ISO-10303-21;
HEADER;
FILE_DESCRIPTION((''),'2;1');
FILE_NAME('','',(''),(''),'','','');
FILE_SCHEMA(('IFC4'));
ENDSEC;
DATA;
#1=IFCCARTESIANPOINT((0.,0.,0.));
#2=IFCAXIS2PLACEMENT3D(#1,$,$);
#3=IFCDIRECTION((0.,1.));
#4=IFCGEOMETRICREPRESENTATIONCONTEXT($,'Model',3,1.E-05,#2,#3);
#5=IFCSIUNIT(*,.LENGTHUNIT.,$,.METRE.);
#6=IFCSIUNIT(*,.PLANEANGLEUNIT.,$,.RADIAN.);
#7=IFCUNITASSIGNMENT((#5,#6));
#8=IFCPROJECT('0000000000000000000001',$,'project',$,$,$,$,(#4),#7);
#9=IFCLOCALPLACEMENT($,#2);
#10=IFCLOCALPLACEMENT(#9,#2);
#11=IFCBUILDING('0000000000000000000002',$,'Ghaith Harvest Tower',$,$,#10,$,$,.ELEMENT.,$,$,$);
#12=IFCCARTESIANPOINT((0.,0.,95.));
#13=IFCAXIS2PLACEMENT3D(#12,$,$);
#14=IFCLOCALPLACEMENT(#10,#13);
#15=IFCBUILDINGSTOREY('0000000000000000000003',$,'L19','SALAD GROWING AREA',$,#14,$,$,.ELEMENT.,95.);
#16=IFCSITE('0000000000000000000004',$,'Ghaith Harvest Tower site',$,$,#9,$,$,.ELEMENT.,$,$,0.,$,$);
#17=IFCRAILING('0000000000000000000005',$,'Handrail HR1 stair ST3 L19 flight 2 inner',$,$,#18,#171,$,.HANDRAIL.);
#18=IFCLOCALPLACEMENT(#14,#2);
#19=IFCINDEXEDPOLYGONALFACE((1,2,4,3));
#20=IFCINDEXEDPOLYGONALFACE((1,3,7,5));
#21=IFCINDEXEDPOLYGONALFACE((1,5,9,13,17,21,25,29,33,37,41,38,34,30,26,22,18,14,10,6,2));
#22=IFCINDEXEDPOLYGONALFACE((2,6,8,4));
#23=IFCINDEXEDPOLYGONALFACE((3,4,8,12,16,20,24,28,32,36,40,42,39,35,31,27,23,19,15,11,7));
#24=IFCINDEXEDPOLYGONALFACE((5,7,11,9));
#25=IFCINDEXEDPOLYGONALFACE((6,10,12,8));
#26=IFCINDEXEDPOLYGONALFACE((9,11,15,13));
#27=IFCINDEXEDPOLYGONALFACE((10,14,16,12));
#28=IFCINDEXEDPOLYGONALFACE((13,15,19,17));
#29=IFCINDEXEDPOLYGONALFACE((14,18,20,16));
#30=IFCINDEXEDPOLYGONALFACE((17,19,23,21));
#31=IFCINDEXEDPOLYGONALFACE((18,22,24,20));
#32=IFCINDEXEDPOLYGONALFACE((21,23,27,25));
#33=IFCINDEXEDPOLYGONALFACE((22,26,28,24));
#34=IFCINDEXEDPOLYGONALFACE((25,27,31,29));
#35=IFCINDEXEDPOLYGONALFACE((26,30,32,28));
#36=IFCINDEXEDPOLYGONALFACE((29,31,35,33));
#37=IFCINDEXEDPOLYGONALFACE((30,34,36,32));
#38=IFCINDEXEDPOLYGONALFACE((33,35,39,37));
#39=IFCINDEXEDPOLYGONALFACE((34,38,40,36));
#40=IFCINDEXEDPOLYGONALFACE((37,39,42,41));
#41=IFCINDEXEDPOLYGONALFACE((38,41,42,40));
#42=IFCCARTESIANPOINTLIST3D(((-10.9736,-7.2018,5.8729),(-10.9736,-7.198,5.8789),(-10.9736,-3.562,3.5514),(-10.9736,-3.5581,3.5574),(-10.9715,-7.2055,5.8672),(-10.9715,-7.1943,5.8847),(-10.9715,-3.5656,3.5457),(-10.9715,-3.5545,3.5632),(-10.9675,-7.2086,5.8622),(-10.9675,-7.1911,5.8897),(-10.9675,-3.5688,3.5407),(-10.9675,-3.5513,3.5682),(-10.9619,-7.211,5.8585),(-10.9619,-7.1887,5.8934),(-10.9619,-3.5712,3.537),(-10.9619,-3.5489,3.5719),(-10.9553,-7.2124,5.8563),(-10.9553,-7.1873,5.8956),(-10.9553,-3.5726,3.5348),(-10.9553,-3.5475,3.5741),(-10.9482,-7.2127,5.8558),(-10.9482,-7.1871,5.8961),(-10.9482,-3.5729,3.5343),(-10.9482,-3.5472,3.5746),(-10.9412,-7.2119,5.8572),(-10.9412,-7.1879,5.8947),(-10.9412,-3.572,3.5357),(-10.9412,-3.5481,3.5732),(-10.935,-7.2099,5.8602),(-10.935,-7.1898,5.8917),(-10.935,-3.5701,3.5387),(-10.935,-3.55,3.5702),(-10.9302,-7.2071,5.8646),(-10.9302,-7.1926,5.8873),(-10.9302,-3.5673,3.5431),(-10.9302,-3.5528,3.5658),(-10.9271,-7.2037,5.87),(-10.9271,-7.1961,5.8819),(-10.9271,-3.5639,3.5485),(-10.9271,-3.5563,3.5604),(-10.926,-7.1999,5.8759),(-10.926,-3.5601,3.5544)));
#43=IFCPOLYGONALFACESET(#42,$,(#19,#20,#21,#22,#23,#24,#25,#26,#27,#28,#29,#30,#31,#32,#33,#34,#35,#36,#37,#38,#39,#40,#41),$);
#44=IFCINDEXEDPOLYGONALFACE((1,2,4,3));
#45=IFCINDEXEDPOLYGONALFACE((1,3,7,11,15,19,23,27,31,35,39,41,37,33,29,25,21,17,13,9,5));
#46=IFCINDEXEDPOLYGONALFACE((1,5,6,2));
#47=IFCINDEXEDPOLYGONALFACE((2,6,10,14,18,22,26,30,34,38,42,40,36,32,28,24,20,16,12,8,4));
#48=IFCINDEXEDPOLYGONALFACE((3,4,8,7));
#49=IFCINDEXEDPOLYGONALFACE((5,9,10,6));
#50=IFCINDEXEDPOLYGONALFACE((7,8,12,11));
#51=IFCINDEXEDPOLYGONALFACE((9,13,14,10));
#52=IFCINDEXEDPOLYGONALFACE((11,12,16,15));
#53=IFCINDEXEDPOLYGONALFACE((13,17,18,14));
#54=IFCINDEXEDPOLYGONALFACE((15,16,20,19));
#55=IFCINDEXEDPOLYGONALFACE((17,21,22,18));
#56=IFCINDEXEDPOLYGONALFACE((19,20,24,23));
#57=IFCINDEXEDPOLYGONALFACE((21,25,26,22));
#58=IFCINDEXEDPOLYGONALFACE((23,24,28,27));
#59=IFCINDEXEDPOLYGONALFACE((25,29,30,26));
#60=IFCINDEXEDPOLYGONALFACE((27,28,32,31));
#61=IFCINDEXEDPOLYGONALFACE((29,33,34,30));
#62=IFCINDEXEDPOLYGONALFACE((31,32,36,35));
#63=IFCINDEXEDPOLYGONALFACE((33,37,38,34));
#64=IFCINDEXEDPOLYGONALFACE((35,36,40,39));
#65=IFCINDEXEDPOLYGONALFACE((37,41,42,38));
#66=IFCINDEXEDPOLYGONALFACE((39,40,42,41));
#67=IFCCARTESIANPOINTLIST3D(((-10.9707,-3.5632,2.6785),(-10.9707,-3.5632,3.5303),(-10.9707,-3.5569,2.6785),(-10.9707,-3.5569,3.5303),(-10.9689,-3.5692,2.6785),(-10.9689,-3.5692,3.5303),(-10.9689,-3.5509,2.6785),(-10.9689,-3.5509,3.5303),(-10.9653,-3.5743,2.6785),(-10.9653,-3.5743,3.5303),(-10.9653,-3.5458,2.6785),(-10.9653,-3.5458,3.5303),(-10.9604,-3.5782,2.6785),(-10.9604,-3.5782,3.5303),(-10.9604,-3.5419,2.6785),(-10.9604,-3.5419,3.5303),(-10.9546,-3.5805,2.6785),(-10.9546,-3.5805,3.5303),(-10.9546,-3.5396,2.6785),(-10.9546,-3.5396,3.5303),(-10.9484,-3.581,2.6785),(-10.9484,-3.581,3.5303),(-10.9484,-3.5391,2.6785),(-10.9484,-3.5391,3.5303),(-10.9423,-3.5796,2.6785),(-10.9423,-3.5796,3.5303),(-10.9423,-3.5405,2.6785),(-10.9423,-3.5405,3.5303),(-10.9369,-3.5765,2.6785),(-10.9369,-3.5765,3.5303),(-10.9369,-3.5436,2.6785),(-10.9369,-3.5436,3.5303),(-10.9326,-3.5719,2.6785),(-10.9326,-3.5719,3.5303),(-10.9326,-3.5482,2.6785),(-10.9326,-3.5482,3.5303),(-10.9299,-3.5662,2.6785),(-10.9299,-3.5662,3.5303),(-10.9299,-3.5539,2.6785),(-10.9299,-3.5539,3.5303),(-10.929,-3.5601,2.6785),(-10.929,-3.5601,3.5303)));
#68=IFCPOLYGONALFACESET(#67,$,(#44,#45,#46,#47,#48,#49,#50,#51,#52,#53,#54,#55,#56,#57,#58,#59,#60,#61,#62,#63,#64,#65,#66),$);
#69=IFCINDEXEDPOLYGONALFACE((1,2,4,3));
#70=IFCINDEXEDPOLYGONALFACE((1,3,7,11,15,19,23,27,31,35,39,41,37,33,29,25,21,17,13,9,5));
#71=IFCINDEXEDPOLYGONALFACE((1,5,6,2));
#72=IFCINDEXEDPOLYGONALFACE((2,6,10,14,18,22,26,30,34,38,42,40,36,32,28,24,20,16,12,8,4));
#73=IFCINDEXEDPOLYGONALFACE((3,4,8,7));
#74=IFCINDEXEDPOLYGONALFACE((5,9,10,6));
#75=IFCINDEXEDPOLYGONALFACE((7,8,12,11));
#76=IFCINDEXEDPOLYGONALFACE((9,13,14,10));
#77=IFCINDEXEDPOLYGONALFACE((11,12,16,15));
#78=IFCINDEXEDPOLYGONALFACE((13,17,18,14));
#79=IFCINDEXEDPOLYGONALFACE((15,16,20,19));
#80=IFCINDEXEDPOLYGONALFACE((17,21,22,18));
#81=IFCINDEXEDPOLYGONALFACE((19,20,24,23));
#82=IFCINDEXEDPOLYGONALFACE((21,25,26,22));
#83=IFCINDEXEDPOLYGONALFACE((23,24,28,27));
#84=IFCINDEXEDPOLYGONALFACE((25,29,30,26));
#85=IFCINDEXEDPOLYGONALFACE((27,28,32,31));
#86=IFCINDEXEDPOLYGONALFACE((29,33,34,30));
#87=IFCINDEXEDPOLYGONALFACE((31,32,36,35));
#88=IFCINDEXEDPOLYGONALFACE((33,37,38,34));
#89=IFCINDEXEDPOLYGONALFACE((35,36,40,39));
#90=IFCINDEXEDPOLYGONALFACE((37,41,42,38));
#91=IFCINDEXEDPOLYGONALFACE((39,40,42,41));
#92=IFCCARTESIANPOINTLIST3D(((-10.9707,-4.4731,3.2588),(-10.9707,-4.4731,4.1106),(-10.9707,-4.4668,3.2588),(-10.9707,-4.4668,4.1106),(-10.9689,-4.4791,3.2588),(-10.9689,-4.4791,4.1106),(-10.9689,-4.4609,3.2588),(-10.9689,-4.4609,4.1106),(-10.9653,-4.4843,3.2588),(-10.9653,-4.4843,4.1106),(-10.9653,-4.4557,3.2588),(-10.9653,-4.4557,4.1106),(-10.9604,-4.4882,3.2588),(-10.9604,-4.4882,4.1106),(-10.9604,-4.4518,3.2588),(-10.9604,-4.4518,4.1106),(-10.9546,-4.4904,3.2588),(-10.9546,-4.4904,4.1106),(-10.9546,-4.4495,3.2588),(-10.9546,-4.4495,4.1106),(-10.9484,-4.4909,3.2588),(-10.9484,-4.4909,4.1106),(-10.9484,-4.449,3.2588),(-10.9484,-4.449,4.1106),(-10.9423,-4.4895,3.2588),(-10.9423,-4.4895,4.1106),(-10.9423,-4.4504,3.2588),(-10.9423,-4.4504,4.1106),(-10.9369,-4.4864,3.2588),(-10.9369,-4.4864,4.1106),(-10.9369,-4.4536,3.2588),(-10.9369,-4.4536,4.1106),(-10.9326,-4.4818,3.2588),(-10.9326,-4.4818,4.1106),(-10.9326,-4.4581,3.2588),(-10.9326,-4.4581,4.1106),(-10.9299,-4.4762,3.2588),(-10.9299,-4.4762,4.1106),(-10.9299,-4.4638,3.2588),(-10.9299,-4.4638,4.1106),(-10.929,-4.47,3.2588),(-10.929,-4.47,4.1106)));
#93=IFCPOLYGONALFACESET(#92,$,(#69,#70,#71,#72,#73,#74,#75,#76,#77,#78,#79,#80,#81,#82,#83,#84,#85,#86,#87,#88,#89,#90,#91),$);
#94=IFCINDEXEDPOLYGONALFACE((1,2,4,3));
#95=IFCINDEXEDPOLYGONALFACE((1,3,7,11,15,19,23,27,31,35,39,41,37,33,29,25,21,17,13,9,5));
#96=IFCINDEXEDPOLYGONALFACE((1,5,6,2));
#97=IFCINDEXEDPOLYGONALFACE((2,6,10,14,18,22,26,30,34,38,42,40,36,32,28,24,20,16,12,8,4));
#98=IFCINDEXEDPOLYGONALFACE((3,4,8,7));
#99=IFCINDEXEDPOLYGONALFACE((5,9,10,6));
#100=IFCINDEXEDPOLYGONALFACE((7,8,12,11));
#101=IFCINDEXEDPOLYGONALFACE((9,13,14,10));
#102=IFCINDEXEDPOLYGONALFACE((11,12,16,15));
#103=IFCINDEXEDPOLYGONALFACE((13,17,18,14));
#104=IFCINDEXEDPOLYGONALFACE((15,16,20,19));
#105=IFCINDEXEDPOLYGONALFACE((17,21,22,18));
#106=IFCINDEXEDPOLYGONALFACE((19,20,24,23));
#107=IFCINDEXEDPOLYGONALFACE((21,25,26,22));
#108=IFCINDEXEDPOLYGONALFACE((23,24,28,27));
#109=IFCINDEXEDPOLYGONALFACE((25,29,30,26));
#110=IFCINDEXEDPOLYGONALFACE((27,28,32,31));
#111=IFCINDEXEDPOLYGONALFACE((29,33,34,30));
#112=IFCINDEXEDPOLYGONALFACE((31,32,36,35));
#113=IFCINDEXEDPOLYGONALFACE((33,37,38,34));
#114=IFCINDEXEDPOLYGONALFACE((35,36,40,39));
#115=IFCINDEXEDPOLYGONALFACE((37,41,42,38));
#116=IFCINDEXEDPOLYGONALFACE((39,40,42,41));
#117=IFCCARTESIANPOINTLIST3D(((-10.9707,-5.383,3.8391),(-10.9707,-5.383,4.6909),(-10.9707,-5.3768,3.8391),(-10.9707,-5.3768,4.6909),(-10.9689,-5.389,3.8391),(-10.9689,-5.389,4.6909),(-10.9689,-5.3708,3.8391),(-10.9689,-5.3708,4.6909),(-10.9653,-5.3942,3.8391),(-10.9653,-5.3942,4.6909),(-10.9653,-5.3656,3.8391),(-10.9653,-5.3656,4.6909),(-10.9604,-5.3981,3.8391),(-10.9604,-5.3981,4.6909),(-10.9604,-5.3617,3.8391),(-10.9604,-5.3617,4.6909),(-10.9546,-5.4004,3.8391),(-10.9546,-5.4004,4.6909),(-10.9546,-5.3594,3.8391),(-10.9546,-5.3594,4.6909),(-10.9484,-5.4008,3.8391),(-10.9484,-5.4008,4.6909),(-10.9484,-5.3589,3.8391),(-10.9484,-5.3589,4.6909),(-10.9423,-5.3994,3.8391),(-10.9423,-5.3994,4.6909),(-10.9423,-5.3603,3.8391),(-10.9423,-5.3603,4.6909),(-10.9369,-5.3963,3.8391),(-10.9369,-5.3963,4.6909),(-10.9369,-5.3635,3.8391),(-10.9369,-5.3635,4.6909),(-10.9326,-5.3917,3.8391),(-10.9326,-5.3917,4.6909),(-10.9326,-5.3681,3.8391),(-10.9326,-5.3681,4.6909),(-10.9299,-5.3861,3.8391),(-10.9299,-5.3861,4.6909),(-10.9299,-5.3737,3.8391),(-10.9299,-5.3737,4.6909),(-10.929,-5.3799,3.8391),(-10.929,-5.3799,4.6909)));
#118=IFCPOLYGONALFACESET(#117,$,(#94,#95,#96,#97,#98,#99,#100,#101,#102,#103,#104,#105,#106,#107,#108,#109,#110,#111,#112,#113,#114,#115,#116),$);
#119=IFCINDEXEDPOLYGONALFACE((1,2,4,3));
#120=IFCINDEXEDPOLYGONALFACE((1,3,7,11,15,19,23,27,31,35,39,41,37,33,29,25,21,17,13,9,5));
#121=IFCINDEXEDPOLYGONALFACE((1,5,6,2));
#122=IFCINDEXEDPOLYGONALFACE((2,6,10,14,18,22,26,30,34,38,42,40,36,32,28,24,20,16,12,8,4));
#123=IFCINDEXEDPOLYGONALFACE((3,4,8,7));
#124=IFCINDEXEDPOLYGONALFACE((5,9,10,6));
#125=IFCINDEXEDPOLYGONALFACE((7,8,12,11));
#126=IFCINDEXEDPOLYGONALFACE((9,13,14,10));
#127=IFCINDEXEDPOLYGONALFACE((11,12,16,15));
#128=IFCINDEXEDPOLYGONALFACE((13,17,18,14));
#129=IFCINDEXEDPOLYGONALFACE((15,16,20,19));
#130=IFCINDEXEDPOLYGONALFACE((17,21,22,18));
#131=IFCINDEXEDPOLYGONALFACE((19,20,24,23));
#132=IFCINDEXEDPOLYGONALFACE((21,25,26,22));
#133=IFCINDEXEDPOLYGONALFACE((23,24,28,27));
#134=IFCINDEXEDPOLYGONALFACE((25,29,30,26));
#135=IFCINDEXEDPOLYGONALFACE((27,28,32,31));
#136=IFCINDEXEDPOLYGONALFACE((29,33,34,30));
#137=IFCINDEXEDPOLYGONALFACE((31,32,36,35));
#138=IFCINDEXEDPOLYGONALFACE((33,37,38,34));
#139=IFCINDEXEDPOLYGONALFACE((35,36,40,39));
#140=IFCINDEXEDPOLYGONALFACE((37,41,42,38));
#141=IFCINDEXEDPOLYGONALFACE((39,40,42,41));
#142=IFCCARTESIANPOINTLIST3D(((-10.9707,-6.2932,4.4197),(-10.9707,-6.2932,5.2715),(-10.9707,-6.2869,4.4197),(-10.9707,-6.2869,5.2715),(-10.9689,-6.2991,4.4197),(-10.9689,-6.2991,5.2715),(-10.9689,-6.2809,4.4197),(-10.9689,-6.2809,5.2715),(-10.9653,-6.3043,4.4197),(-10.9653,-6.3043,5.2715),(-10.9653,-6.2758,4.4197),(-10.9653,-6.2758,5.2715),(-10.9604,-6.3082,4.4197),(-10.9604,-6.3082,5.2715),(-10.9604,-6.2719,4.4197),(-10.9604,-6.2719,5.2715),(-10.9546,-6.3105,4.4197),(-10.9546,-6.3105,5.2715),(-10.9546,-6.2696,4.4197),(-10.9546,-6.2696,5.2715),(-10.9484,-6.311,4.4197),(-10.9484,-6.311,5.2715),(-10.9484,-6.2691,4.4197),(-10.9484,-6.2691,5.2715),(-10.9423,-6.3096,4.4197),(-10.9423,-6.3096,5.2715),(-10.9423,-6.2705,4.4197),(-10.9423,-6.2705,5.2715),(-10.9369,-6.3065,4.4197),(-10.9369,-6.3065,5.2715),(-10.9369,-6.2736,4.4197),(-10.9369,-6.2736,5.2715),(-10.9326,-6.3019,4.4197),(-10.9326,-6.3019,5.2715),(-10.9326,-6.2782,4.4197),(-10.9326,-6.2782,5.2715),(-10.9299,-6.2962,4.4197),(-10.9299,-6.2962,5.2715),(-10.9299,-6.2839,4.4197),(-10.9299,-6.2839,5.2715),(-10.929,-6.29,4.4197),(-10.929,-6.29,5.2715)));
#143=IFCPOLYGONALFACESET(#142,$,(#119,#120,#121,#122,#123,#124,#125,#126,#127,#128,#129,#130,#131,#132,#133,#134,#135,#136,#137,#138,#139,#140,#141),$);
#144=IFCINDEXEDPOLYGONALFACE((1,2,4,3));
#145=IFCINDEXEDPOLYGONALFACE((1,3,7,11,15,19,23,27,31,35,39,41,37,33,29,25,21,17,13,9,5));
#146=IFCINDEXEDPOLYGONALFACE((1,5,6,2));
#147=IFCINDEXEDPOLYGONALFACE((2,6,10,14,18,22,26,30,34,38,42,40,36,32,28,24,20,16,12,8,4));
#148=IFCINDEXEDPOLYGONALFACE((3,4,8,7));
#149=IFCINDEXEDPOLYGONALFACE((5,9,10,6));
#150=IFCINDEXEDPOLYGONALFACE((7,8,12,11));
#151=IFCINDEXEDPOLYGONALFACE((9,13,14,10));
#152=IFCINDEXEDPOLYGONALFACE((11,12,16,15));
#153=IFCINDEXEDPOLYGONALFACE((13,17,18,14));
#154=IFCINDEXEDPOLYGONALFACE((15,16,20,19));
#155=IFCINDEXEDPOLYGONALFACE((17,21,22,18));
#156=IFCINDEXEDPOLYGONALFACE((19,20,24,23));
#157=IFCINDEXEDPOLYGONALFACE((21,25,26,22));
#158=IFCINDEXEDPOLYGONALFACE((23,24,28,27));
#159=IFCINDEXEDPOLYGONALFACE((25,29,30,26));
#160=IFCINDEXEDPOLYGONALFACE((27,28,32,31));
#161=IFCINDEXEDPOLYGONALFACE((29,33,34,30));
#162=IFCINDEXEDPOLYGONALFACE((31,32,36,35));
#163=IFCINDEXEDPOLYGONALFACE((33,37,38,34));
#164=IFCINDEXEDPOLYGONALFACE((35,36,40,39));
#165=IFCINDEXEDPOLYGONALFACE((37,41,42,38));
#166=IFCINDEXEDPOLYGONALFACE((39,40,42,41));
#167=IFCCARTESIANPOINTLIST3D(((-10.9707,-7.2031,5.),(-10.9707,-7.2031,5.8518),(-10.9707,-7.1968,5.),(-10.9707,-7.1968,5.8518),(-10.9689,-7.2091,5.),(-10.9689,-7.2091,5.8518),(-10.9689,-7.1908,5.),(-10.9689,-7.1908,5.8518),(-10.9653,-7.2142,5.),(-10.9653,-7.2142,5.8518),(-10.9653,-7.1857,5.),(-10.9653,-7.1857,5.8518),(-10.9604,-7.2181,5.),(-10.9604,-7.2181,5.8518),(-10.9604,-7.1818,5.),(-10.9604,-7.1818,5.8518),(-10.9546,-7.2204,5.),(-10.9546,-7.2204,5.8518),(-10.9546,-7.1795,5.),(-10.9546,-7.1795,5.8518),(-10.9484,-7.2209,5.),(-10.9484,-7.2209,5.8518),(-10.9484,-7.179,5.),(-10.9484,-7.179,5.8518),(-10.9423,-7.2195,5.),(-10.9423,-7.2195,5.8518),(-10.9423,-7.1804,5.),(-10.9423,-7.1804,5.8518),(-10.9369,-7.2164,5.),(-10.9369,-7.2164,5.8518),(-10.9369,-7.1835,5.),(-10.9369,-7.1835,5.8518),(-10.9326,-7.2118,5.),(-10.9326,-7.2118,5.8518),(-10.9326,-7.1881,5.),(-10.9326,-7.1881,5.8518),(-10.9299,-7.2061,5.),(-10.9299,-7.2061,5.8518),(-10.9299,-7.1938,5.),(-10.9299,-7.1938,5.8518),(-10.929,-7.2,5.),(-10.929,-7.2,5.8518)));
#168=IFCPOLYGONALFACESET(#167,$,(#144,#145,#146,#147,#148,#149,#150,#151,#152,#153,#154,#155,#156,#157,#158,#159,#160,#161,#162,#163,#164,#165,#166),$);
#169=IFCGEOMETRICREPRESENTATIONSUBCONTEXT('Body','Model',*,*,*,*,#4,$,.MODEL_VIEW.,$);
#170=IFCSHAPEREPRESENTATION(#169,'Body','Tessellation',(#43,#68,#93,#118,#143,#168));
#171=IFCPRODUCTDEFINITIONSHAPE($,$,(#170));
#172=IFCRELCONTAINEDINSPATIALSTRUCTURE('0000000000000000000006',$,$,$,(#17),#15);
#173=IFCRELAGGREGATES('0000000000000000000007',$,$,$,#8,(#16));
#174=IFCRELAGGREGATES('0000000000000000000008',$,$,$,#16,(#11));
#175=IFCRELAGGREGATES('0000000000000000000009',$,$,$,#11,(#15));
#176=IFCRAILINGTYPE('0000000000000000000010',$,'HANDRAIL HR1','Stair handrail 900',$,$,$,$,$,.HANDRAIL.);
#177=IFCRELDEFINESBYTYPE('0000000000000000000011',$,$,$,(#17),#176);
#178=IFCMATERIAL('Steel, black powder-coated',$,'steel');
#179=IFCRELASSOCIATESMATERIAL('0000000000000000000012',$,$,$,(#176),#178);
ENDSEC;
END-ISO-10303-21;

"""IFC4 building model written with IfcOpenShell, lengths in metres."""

from ifc_helpers import new_model, si_unit, direction, frame, origin, origin_2d, place, context, subcontext, project, spatial, circle, extrude, material, type_object, element, save


model = new_model("IFC4")

# Units and contexts
model_context = context("Model", 3, precision=1e-05, world=origin(), true_north=direction((0.0, 1.0)))
body_context = subcontext(model_context, "Body", "Model", "MODEL_VIEW")
ifc_project = project(units=[si_unit("LENGTHUNIT", "METRE"), si_unit("PLANEANGLEUNIT", "RADIAN")], contexts=[model_context])

# Site, building, storey
site_placement = place(None, origin())
site = spatial("IfcSite", under=ifc_project, at=site_placement, Name="Ghaith Harvest Tower site", CompositionType="ELEMENT", RefElevation=0.0)
building_placement = place(site_placement, origin())
building = spatial("IfcBuilding", under=site, at=building_placement, Name="Ghaith Harvest Tower", CompositionType="ELEMENT")
storey_placement = place(building_placement, frame((0.0, 0.0, 95.0)))
storey = spatial("IfcBuildingStorey", under=building, at=storey_placement, Name="L19", Description="SALAD GROWING AREA", CompositionType="ELEMENT", Elevation=95.0)

# Railing
ifc_material_1 = material(Name="Steel, black powder-coated", Category="steel")
railing_type = type_object("IfcRailingType", Name="HANDRAIL HR1", Description="Stair handrail 900", PredefinedType="HANDRAIL", material=ifc_material_1)
railing_1_placement = place(storey_placement, frame((-10.95, -3.5601, 2.6785)))
element("IfcRailing", 1, at=railing_1_placement, inside=storey, type_object=railing_type, Name="Handrail HR1 stair ST3 L19 flight 2 inner", PredefinedType="HANDRAIL", context=body_context, shape_type="SweptSolid", body=[
    extrude(circle(Radius=0.0239, at=origin_2d()), frame((0.0, 0.0, 0.876), z_axis=(0.0, -0.843112, 0.537739), x_axis=(1.0, 0.0, 0.0)), (0.0, 0.0, 1.0), 4.3171),
    extrude(circle(Radius=0.021, at=origin_2d()), origin(), (0.0, 0.0, 1.0), 0.8518),
    extrude(circle(Radius=0.021, at=origin_2d()), frame((0.0, -0.9099, 0.5803)), (0.0, 0.0, 1.0), 0.8518),
    extrude(circle(Radius=0.021, at=origin_2d()), frame((0.0, -1.8198, 1.1606)), (0.0, 0.0, 1.0), 0.8518),
    extrude(circle(Radius=0.021, at=origin_2d()), frame((0.0, -2.73, 1.7412)), (0.0, 0.0, 1.0), 0.8518),
    extrude(circle(Radius=0.021, at=origin_2d()), frame((0.0, -3.6399, 2.3215)), (0.0, 0.0, 1.0), 0.8518),
])

save(model, "model.ifc")
